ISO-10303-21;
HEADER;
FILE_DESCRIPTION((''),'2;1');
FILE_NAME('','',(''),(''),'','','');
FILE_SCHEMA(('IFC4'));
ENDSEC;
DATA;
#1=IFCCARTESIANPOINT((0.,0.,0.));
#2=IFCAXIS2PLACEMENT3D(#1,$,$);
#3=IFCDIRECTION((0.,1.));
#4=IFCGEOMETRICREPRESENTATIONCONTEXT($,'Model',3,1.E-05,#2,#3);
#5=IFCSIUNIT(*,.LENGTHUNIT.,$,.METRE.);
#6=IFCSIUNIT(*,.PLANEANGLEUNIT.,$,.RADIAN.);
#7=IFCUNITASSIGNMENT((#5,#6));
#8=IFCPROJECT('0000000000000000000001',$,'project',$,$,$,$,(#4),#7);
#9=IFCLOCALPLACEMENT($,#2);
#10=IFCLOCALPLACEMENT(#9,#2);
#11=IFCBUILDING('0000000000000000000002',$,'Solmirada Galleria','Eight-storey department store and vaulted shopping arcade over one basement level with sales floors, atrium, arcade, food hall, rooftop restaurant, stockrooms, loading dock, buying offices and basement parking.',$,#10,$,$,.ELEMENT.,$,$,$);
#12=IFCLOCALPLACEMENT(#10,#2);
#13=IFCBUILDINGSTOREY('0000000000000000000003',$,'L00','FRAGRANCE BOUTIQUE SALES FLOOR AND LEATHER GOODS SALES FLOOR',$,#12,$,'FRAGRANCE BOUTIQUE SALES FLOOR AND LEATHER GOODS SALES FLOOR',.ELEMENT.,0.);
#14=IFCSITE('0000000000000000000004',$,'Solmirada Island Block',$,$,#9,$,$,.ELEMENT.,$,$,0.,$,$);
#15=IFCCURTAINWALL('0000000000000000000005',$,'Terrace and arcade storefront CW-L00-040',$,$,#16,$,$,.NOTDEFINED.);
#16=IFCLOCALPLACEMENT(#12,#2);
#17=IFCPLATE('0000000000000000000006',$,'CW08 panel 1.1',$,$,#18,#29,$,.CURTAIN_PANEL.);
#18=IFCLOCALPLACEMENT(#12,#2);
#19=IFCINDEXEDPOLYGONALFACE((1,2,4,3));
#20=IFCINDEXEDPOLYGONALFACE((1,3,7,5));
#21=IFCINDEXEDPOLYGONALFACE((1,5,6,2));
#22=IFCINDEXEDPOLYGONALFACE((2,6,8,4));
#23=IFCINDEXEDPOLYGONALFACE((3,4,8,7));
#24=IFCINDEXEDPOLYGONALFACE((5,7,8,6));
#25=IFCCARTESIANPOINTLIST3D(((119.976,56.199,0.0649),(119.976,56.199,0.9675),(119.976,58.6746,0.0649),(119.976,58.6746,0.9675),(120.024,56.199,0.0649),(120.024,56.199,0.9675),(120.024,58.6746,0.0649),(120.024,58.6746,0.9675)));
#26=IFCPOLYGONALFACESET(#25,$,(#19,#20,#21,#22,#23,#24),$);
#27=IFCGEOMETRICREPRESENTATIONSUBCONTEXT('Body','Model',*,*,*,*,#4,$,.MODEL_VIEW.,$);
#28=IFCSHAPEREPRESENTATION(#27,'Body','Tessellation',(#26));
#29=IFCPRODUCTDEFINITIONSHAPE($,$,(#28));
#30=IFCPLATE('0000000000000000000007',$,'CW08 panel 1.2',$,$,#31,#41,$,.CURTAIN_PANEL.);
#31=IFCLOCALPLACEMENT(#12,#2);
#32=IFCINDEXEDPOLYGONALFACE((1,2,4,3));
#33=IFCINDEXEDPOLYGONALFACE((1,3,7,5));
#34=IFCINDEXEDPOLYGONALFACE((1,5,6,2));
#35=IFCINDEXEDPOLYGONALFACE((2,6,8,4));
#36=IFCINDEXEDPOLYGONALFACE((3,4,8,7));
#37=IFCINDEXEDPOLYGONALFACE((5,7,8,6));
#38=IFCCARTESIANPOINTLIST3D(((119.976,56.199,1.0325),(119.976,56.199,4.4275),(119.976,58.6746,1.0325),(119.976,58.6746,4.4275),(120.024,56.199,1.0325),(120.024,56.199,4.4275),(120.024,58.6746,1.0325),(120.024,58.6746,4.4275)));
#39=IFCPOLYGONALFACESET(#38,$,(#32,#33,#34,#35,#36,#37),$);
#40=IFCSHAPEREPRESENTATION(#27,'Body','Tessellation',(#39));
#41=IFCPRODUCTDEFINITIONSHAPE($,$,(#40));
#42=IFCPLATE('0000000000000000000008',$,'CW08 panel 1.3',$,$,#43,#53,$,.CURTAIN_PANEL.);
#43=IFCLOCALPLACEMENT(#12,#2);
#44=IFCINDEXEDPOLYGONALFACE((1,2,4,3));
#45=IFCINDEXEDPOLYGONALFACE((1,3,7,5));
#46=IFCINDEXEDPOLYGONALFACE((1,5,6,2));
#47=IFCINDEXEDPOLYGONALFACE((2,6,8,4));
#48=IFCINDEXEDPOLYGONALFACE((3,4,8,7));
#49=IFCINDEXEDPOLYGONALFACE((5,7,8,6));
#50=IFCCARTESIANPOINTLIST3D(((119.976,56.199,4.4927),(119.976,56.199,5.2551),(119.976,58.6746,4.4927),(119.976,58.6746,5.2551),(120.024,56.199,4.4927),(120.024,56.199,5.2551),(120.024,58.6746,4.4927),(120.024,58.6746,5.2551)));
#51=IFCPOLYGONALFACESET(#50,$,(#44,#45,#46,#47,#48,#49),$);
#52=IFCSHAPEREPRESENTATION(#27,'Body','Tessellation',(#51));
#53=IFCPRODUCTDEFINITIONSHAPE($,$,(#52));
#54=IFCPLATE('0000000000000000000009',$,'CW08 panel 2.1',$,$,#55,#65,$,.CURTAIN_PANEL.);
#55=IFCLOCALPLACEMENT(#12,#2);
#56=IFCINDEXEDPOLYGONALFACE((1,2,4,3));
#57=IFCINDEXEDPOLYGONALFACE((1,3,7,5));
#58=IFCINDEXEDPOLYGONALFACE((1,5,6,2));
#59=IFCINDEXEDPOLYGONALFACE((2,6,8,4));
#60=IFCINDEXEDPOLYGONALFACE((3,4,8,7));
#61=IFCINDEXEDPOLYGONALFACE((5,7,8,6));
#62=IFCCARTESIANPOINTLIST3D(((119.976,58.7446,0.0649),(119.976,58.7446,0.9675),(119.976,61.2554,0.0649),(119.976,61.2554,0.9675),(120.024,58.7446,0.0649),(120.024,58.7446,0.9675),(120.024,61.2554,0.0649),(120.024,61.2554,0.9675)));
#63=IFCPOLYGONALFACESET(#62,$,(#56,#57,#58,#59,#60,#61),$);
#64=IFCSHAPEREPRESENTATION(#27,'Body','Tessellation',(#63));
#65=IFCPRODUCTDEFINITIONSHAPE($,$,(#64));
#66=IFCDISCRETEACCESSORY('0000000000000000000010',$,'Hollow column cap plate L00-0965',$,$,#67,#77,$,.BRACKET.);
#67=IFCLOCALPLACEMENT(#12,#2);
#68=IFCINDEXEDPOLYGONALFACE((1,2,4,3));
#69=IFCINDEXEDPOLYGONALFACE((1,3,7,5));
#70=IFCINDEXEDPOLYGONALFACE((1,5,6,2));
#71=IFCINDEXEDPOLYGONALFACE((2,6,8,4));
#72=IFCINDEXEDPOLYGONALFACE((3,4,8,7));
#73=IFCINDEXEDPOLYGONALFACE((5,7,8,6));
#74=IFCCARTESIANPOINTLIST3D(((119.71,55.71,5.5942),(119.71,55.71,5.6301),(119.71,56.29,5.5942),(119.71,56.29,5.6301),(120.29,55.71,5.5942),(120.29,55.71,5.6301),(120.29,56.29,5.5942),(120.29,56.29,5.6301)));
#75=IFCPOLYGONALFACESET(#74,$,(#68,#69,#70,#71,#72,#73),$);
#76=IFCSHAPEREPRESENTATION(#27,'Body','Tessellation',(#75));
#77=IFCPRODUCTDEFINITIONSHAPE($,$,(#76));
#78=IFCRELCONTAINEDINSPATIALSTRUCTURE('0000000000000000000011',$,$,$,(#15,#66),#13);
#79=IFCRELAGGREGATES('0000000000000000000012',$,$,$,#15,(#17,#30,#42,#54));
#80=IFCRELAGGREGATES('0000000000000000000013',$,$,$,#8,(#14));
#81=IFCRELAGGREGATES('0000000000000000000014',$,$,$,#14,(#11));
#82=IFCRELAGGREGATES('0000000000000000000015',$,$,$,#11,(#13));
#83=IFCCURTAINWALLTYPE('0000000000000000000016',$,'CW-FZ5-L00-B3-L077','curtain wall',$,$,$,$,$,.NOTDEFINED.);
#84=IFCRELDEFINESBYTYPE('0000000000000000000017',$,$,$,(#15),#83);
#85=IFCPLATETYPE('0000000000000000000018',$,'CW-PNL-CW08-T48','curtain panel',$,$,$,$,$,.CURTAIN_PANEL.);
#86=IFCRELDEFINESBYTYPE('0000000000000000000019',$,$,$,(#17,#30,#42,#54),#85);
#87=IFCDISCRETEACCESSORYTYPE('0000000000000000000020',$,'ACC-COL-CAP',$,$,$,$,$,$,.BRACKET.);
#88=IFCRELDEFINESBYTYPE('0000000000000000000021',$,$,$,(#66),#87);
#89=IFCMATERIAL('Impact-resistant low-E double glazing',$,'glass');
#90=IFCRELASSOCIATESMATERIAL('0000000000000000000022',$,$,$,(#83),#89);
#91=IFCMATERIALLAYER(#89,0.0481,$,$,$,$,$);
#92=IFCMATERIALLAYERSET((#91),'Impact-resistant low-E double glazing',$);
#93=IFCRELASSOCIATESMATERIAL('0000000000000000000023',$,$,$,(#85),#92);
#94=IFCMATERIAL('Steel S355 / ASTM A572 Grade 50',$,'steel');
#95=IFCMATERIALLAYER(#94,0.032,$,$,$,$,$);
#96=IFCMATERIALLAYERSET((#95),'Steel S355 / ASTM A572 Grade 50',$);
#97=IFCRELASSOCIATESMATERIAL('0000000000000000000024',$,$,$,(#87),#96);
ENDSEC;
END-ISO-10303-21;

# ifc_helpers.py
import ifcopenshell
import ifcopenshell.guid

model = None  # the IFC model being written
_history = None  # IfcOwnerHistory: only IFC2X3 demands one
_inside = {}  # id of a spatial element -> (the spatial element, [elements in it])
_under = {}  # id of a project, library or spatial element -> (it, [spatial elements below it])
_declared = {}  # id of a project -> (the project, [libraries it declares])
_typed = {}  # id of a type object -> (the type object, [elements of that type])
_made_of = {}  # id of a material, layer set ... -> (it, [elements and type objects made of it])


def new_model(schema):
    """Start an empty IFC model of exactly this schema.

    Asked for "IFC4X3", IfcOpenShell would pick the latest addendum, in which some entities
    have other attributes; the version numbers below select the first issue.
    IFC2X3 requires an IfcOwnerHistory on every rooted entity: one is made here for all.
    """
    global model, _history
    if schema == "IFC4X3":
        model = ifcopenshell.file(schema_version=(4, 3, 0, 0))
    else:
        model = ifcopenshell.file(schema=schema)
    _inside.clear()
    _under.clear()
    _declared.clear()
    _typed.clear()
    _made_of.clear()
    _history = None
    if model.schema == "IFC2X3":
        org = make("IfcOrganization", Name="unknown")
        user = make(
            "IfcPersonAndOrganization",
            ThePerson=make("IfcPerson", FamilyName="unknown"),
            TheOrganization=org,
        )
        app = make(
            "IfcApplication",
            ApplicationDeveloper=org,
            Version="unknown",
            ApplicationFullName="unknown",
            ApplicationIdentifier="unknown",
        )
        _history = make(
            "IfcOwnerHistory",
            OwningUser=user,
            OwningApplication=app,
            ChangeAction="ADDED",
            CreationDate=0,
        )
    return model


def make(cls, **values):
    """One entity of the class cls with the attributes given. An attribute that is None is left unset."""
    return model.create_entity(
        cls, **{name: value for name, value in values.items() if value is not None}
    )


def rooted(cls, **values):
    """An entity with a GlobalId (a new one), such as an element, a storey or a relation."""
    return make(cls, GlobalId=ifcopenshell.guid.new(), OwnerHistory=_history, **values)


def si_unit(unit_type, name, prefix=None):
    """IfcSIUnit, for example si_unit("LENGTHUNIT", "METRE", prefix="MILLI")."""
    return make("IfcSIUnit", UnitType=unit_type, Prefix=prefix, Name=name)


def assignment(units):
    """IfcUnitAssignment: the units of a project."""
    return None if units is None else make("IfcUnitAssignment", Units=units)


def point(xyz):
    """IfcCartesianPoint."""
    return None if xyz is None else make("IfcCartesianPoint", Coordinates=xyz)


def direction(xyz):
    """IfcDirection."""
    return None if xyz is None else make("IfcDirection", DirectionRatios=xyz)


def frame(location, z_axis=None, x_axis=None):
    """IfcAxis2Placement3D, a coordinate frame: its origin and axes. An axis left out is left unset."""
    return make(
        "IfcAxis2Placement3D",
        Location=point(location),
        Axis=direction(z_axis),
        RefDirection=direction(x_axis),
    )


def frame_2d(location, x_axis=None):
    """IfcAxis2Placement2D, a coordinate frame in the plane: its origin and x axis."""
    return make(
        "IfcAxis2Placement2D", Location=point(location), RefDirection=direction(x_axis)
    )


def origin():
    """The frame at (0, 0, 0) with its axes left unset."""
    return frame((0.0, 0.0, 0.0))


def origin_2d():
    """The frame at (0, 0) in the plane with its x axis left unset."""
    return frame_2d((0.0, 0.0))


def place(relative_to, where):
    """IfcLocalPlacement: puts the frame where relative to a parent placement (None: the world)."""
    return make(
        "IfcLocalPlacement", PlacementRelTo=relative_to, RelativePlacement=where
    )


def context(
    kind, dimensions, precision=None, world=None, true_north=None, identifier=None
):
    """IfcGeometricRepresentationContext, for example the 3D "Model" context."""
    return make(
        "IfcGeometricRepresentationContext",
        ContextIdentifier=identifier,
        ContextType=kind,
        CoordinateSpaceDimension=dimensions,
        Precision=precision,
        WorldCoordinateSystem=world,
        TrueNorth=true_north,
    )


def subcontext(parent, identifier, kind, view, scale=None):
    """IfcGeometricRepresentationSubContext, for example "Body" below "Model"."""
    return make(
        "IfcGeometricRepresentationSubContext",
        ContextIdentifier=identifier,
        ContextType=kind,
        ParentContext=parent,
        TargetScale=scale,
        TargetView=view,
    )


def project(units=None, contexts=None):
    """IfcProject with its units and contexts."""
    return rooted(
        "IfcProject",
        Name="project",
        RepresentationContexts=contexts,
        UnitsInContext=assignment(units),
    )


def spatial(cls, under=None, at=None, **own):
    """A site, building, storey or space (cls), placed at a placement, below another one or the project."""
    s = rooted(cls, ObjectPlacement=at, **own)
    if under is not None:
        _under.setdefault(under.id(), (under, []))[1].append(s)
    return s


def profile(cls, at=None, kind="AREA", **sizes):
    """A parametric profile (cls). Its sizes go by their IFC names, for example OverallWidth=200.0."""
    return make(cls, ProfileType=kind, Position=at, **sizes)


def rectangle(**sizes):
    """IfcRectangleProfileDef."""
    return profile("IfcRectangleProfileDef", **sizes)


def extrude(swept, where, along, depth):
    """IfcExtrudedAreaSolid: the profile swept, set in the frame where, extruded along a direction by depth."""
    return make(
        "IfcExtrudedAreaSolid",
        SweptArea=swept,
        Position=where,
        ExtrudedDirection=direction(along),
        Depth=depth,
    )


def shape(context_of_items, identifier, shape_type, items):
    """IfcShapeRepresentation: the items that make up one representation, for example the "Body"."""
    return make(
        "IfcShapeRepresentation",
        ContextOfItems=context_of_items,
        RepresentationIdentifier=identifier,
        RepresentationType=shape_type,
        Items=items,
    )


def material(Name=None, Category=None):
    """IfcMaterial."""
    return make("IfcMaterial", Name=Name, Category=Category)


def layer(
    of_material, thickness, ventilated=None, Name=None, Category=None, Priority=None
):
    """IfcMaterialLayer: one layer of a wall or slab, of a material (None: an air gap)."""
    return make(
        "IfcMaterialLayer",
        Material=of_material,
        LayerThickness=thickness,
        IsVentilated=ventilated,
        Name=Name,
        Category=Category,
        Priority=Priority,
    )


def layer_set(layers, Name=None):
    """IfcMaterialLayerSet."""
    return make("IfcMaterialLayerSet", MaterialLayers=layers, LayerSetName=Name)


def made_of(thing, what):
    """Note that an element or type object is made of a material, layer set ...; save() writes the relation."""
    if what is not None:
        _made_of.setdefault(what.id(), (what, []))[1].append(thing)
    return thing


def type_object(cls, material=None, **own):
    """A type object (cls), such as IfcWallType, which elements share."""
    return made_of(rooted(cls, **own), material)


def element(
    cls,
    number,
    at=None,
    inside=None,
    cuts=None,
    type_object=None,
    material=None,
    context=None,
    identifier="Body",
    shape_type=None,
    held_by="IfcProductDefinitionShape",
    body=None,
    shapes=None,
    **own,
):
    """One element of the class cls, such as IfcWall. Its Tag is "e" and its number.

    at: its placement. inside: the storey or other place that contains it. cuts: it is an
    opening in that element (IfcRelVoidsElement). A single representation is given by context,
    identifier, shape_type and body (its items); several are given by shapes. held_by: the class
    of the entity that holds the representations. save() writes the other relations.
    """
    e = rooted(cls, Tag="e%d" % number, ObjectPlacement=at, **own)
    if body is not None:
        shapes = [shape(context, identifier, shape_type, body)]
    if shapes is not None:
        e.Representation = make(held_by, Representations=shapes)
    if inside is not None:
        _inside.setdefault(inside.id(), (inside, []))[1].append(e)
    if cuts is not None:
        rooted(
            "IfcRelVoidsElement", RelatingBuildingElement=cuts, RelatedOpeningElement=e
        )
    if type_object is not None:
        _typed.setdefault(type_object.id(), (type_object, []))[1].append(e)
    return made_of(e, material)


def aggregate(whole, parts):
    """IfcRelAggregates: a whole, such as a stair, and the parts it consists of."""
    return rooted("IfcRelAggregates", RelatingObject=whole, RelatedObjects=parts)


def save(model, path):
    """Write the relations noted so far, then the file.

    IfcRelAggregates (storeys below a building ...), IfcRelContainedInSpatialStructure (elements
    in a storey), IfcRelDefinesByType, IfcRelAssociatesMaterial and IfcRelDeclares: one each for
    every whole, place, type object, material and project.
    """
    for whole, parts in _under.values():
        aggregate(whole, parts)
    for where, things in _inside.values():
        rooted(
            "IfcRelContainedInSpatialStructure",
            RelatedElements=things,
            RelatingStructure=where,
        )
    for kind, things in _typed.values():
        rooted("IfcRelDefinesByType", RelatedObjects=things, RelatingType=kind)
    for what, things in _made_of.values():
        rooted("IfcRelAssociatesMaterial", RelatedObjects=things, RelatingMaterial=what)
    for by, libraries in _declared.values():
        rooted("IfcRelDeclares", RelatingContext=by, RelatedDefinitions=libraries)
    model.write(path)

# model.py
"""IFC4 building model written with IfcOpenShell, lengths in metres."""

from ifc_helpers import new_model, si_unit, direction, frame, origin, origin_2d, place, context, subcontext, project, spatial, rectangle, extrude, material, layer, layer_set, type_object, element, aggregate, save


model = new_model("IFC4")

# Units and contexts
model_context = context("Model", 3, precision=1e-05, world=origin(), true_north=direction((0.0, 1.0)))
body_context = subcontext(model_context, "Body", "Model", "MODEL_VIEW")
ifc_project = project(units=[si_unit("LENGTHUNIT", "METRE"), si_unit("PLANEANGLEUNIT", "RADIAN")], contexts=[model_context])

# Site, building, storey
site_placement = place(None, origin())
site = spatial("IfcSite", under=ifc_project, at=site_placement, Name="Solmirada Island Block", CompositionType="ELEMENT", RefElevation=0.0)
building_placement = place(site_placement, origin())
building = spatial("IfcBuilding", under=site, at=building_placement, Name="Solmirada Galleria", Description="Eight-storey department store and vaulted shopping arcade over one basement level with sales floors, atrium, arcade, food hall, rooftop restaurant, stockrooms, loading dock, buying offices and basement parking.", CompositionType="ELEMENT")
storey_placement = place(building_placement, origin())
storey = spatial("IfcBuildingStorey", under=building, at=storey_placement, Name="L00", Description="FRAGRANCE BOUTIQUE SALES FLOOR AND LEATHER GOODS SALES FLOOR", LongName="FRAGRANCE BOUTIQUE SALES FLOOR AND LEATHER GOODS SALES FLOOR", CompositionType="ELEMENT", Elevation=0.0)

# Shared definitions
ifc_material_1 = material(Name="Impact-resistant low-E double glazing", Category="glass")
curtain_wall_type_1 = type_object("IfcCurtainWallType", Name="CW-FZ5-L00-B3-L077", Description="curtain wall", PredefinedType="NOTDEFINED", material=ifc_material_1)

# Curtain wall
curtain_wall_1_placement = place(storey_placement, origin())
curtain_wall_1 = element("IfcCurtainWall", 1, at=curtain_wall_1_placement, inside=storey, type_object=curtain_wall_type_1, Name="Terrace and arcade storefront CW-L00-040", PredefinedType="NOTDEFINED")

# Plates
ifc_layer_1 = layer(ifc_material_1, 0.0481)
ifc_layer_set_1 = layer_set([ifc_layer_1], Name="Impact-resistant low-E double glazing")
plate_type_1 = type_object("IfcPlateType", Name="CW-PNL-CW08-T48", Description="curtain panel", PredefinedType="CURTAIN_PANEL", material=ifc_layer_set_1)
plate_1_placement = place(storey_placement, frame((120.0, 57.4368, 0.0649), z_axis=(0.0, 0.0, 1.0), x_axis=(0.0, 1.0, 0.0)))
plate_1 = element("IfcPlate", 2, at=plate_1_placement, type_object=plate_type_1, Name="CW08 panel 1.1", PredefinedType="CURTAIN_PANEL", context=body_context, shape_type="SweptSolid", body=[
    extrude(rectangle(XDim=2.4756, YDim=0.0481, at=origin_2d()), origin(), (0.0, 0.0, 1.0), 0.9026),
])
plate_2_placement = place(storey_placement, frame((120.0, 57.4368, 1.0325), z_axis=(0.0, 0.0, 1.0), x_axis=(0.0, 1.0, 0.0)))
plate_2 = element("IfcPlate", 3, at=plate_2_placement, type_object=plate_type_1, Name="CW08 panel 1.2", PredefinedType="CURTAIN_PANEL", context=body_context, shape_type="SweptSolid", body=[
    extrude(rectangle(XDim=2.4756, YDim=0.0481, at=origin_2d()), origin(), (0.0, 0.0, 1.0), 3.395),
])
plate_3_placement = place(storey_placement, frame((120.0, 57.4368, 4.4927), z_axis=(0.0, 0.0, 1.0), x_axis=(0.0, 1.0, 0.0)))
plate_3 = element("IfcPlate", 4, at=plate_3_placement, type_object=plate_type_1, Name="CW08 panel 1.3", PredefinedType="CURTAIN_PANEL", context=body_context, shape_type="SweptSolid", body=[
    extrude(rectangle(XDim=2.4756, YDim=0.0481, at=origin_2d()), origin(), (0.0, 0.0, 1.0), 0.7625),
])
plate_4_placement = place(storey_placement, frame((120.0, 60.0, 0.0649), z_axis=(0.0, 0.0, 1.0), x_axis=(0.0, 1.0, 0.0)))
plate_4 = element("IfcPlate", 5, at=plate_4_placement, type_object=plate_type_1, Name="CW08 panel 2.1", PredefinedType="CURTAIN_PANEL", context=body_context, shape_type="SweptSolid", body=[
    extrude(rectangle(XDim=2.5107, YDim=0.0481, at=origin_2d()), origin(), (0.0, 0.0, 1.0), 0.9026),
])
aggregate(curtain_wall_1, [plate_1, plate_2, plate_3, plate_4])

# Discrete accessory
ifc_material_2 = material(Name="Steel S355 / ASTM A572 Grade 50", Category="steel")
ifc_layer_2 = layer(ifc_material_2, 0.032)
ifc_layer_set_2 = layer_set([ifc_layer_2], Name="Steel S355 / ASTM A572 Grade 50")
discrete_accessory_type = type_object("IfcDiscreteAccessoryType", Name="ACC-COL-CAP", PredefinedType="BRACKET", material=ifc_layer_set_2)
discrete_accessory_placement = place(storey_placement, frame((120.0, 56.0, 5.5942), z_axis=(0.0, 0.0, 1.0), x_axis=(1.0, 0.0, 0.0)))
element("IfcDiscreteAccessory", 6, at=discrete_accessory_placement, inside=storey, type_object=discrete_accessory_type, Name="Hollow column cap plate L00-0965", PredefinedType="BRACKET", context=body_context, shape_type="SweptSolid", body=[
    extrude(rectangle(XDim=0.5801, YDim=0.5801, at=origin_2d()), origin(), (0.0, 0.0, 1.0), 0.0359),
])

save(model, "model.ifc")
